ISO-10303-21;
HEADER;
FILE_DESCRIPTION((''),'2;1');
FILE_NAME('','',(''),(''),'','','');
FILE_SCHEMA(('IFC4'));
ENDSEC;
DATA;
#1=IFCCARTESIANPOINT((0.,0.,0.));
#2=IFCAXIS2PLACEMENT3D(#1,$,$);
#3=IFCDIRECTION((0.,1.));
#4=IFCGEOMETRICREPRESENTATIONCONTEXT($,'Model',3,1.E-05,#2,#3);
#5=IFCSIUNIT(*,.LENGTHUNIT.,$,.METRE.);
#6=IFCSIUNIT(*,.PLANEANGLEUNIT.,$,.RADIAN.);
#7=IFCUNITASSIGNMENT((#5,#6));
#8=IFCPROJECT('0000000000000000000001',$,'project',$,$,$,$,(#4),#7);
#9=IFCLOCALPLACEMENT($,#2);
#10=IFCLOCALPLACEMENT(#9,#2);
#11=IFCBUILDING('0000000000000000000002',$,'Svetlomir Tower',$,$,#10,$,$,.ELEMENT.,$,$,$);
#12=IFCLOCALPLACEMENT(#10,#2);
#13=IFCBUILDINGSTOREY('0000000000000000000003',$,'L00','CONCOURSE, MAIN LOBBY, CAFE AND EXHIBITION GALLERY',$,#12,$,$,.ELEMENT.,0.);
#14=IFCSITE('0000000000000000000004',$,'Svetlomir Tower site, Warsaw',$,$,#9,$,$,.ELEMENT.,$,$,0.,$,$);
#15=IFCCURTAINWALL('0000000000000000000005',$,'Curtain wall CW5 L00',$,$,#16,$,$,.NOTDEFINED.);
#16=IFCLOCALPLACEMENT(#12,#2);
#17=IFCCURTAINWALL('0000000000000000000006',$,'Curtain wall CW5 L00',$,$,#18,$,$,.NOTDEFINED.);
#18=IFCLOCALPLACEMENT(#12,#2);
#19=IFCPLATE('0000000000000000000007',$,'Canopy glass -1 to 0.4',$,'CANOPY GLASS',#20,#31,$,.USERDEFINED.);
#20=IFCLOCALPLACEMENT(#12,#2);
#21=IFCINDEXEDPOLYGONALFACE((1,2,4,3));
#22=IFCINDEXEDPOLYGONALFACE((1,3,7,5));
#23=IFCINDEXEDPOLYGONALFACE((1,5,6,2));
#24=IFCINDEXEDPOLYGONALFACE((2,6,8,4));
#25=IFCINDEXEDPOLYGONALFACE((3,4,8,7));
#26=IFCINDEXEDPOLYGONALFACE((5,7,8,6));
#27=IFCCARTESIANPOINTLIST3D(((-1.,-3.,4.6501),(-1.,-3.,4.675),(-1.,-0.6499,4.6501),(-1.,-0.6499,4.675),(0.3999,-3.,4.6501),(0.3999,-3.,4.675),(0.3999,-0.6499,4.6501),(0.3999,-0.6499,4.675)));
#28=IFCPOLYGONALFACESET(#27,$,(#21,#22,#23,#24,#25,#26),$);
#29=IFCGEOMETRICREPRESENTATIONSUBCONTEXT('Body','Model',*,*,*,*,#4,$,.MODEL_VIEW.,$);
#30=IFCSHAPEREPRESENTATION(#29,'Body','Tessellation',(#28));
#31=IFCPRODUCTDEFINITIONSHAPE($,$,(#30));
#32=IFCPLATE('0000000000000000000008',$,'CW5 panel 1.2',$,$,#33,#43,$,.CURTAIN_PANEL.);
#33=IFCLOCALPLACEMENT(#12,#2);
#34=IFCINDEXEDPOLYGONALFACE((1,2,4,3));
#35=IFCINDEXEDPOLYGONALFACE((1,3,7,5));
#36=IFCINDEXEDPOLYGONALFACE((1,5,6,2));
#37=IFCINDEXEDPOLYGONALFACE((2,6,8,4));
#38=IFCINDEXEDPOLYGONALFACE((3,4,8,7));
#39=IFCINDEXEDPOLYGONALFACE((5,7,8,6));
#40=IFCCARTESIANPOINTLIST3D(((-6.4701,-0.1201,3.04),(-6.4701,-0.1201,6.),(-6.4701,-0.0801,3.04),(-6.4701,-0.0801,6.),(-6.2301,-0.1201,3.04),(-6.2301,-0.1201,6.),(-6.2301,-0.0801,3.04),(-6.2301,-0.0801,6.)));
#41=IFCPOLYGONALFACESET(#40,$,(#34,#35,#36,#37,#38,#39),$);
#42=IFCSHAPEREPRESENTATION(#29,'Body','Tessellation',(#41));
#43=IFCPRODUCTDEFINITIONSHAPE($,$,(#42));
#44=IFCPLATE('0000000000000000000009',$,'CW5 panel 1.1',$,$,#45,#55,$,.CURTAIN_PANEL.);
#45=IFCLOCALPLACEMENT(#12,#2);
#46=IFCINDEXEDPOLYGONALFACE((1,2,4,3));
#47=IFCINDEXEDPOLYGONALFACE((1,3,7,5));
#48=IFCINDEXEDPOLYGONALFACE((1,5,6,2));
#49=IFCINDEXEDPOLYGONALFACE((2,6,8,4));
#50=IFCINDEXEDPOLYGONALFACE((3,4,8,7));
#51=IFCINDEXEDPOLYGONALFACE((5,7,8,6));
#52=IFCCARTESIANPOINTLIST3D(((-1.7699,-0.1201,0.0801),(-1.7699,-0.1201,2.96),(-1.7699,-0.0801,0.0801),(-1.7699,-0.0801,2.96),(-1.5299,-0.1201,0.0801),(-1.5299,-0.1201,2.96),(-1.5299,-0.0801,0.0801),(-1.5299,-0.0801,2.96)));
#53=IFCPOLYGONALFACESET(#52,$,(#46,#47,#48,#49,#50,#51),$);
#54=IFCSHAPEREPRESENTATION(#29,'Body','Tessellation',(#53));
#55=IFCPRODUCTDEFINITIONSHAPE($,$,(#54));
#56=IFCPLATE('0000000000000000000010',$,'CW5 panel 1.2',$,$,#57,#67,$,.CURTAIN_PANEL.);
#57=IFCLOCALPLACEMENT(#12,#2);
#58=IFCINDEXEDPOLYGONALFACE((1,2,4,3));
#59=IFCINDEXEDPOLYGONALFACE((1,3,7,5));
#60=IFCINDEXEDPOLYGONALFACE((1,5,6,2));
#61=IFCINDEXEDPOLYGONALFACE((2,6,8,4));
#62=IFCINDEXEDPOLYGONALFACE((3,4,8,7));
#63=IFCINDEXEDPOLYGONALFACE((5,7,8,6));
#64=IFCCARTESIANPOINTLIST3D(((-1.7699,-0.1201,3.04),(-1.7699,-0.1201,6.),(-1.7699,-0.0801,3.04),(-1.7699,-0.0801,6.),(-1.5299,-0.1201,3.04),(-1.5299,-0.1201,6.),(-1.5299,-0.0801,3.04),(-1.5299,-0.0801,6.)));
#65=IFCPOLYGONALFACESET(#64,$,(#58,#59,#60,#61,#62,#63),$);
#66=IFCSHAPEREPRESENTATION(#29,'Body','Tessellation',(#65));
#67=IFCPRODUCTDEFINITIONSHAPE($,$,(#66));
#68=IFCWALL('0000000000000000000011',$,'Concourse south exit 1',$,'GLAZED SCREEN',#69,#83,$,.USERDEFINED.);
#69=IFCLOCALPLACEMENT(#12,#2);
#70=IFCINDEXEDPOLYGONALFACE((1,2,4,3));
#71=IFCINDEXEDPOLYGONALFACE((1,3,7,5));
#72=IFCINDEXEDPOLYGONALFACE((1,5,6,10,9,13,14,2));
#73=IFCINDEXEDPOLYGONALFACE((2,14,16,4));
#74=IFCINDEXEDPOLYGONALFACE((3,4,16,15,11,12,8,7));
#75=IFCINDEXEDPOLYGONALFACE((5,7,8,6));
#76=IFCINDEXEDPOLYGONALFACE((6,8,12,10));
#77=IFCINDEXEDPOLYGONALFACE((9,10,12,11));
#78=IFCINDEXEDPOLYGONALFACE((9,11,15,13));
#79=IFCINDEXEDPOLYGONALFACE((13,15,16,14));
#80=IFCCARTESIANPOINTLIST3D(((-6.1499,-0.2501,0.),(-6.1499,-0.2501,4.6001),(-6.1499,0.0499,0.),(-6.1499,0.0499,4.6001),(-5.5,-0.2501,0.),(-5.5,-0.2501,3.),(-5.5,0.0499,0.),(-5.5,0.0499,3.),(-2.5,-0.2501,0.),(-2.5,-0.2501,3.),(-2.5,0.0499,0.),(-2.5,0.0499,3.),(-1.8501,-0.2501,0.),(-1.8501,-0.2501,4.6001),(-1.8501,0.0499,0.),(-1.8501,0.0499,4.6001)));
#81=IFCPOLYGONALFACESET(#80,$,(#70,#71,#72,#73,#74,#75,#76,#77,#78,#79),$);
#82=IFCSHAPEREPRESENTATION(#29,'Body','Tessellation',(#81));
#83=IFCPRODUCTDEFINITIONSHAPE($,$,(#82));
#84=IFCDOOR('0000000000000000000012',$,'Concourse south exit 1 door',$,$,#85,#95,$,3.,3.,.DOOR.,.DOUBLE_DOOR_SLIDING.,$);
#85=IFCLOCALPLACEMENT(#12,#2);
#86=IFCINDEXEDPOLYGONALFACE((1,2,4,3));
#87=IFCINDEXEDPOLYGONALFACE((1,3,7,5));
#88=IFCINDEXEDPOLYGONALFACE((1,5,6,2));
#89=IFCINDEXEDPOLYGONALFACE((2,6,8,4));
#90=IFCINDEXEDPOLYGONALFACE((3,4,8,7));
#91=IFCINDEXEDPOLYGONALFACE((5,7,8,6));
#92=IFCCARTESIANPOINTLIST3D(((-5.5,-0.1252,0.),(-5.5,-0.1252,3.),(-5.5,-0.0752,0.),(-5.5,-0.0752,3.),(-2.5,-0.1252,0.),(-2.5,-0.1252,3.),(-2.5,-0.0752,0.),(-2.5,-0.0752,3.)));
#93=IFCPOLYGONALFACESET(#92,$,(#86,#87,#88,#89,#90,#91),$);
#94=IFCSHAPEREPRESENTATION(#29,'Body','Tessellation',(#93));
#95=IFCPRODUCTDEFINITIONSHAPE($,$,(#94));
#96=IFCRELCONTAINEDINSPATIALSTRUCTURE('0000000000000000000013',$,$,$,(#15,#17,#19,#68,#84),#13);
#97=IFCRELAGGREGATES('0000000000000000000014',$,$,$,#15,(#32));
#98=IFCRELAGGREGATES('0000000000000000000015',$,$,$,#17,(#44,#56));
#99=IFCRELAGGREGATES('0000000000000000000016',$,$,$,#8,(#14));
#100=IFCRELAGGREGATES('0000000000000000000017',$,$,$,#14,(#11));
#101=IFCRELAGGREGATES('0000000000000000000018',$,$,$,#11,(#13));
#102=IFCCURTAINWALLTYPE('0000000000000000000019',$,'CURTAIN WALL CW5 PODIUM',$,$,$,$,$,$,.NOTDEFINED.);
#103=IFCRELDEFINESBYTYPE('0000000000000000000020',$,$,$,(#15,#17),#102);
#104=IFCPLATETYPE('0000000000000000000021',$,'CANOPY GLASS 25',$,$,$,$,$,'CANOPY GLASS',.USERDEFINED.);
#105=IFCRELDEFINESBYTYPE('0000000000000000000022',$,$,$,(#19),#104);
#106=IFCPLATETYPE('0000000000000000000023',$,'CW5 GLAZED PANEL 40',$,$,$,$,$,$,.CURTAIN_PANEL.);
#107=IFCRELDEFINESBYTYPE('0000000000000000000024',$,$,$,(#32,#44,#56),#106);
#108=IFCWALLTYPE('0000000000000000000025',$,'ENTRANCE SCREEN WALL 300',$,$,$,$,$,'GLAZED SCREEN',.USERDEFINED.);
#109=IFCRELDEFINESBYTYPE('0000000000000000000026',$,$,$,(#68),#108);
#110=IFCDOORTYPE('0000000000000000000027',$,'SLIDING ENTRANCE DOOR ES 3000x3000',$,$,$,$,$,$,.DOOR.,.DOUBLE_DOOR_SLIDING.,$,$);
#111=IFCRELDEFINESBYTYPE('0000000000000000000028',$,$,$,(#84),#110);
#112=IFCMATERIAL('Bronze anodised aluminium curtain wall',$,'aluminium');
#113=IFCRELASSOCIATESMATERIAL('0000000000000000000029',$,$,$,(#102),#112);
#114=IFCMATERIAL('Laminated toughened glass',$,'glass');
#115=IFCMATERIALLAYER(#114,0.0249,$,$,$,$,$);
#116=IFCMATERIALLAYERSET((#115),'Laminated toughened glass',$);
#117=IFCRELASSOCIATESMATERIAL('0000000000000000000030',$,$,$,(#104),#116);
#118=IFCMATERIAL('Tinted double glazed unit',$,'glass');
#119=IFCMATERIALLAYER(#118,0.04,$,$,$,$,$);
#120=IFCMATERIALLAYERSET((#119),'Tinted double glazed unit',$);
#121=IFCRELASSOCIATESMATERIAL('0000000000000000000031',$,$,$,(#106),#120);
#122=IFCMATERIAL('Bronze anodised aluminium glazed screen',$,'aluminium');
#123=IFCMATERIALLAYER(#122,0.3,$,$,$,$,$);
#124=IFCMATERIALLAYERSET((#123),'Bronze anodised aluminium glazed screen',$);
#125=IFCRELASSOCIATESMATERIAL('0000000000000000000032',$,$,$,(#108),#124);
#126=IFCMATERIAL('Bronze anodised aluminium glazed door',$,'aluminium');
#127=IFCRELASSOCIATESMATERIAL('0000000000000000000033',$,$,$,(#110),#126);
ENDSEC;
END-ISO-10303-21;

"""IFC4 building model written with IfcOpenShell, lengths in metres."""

from ifc_helpers import new_model, si_unit, direction, frame, frame_2d, origin, origin_2d, place, context, subcontext, project, spatial, rectangle, extrude, material, layer, layer_set, type_object, element, fill, aggregate, save


model = new_model("IFC4")

# Units and contexts
model_context = context("Model", 3, precision=1e-05, world=origin(), true_north=direction((0.0, 1.0)))
body_context = subcontext(model_context, "Body", "Model", "MODEL_VIEW")
ifc_project = project(units=[si_unit("LENGTHUNIT", "METRE"), si_unit("PLANEANGLEUNIT", "RADIAN")], contexts=[model_context])

# Site, building, storey
site_placement = place(None, origin())
site = spatial("IfcSite", under=ifc_project, at=site_placement, Name="Svetlomir Tower site, Warsaw", CompositionType="ELEMENT", RefElevation=0.0)
building_placement = place(site_placement, origin())
building = spatial("IfcBuilding", under=site, at=building_placement, Name="Svetlomir Tower", CompositionType="ELEMENT")
storey_placement = place(building_placement, origin())
storey = spatial("IfcBuildingStorey", under=building, at=storey_placement, Name="L00", Description="CONCOURSE, MAIN LOBBY, CAFE AND EXHIBITION GALLERY", CompositionType="ELEMENT", Elevation=0.0)

# Curtain wall
ifc_material_1 = material(Name="Bronze anodised aluminium curtain wall", Category="aluminium")
curtain_wall_type = type_object("IfcCurtainWallType", Name="CURTAIN WALL CW5 PODIUM", PredefinedType="NOTDEFINED", material=ifc_material_1)
curtain_wall_1_placement = place(storey_placement, origin())
curtain_wall_1 = element("IfcCurtainWall", 1, at=curtain_wall_1_placement, inside=storey, type_object=curtain_wall_type, Name="Curtain wall CW5 L00", PredefinedType="NOTDEFINED")

# Curtain wall
curtain_wall_2_placement = place(storey_placement, origin())
curtain_wall_2 = element("IfcCurtainWall", 2, at=curtain_wall_2_placement, inside=storey, type_object=curtain_wall_type, Name="Curtain wall CW5 L00", PredefinedType="NOTDEFINED")

# Plate
ifc_material_2 = material(Name="Laminated toughened glass", Category="glass")
ifc_layer_1 = layer(ifc_material_2, 0.0249)
ifc_layer_set_1 = layer_set([ifc_layer_1], Name="Laminated toughened glass")
plate_type_1 = type_object("IfcPlateType", Name="CANOPY GLASS 25", ElementType="CANOPY GLASS", PredefinedType="USERDEFINED", material=ifc_layer_set_1)
plate_1_placement = place(storey_placement, frame((-0.3, -1.825, 4.6501), z_axis=(0.0, 0.0, 1.0), x_axis=(1.0, 0.0, 0.0)))
element("IfcPlate", 3, at=plate_1_placement, inside=storey, type_object=plate_type_1, Name="Canopy glass -1 to 0.4", ObjectType="CANOPY GLASS", PredefinedType="USERDEFINED", context=body_context, shape_type="SweptSolid", body=[
    extrude(rectangle(XDim=1.3999, YDim=2.3501, at=origin_2d()), origin(), (0.0, 0.0, 1.0), 0.0249),
])

# Plates
ifc_material_3 = material(Name="Tinted double glazed unit", Category="glass")
ifc_layer_2 = layer(ifc_material_3, 0.04)
ifc_layer_set_2 = layer_set([ifc_layer_2], Name="Tinted double glazed unit")
plate_type_2 = type_object("IfcPlateType", Name="CW5 GLAZED PANEL 40", PredefinedType="CURTAIN_PANEL", material=ifc_layer_set_2)
plate_2_placement = place(storey_placement, frame((-6.3501, -0.1001, 3.04), z_axis=(0.0, 0.0, 1.0), x_axis=(1.0, 0.0, 0.0)))
plate_2 = element("IfcPlate", 4, at=plate_2_placement, type_object=plate_type_2, Name="CW5 panel 1.2", PredefinedType="CURTAIN_PANEL", context=body_context, shape_type="SweptSolid", body=[
    extrude(rectangle(XDim=0.24, YDim=0.04, at=origin_2d()), origin(), (0.0, 0.0, 1.0), 2.96),
])
aggregate(curtain_wall_1, [plate_2])
plate_3_placement = place(storey_placement, frame((-1.6499, -0.1001, 0.0801), z_axis=(0.0, 0.0, 1.0), x_axis=(1.0, 0.0, 0.0)))
plate_3 = element("IfcPlate", 5, at=plate_3_placement, type_object=plate_type_2, Name="CW5 panel 1.1", PredefinedType="CURTAIN_PANEL", context=body_context, shape_type="SweptSolid", body=[
    extrude(rectangle(XDim=0.24, YDim=0.04, at=origin_2d()), origin(), (0.0, 0.0, 1.0), 2.8799),
])
plate_4_placement = place(storey_placement, frame((-1.6499, -0.1001, 3.04), z_axis=(0.0, 0.0, 1.0), x_axis=(1.0, 0.0, 0.0)))
plate_4 = element("IfcPlate", 6, at=plate_4_placement, type_object=plate_type_2, Name="CW5 panel 1.2", PredefinedType="CURTAIN_PANEL", context=body_context, shape_type="SweptSolid", body=[
    extrude(rectangle(XDim=0.24, YDim=0.04, at=origin_2d()), origin(), (0.0, 0.0, 1.0), 2.96),
])
aggregate(curtain_wall_2, [plate_3, plate_4])

# Wall, opening, door
ifc_material_4 = material(Name="Bronze anodised aluminium glazed screen", Category="aluminium")
ifc_layer_3 = layer(ifc_material_4, 0.3)
ifc_layer_set_3 = layer_set([ifc_layer_3], Name="Bronze anodised aluminium glazed screen")
wall_type = type_object("IfcWallType", Name="ENTRANCE SCREEN WALL 300", ElementType="GLAZED SCREEN", PredefinedType="USERDEFINED", material=ifc_layer_set_3)
wall_placement = place(storey_placement, frame((-6.1499, -0.1001, 0.0), z_axis=(0.0, 0.0, 1.0), x_axis=(1.0, 0.0, 0.0)))
wall = element("IfcWall", 7, at=wall_placement, inside=storey, type_object=wall_type, Name="Concourse south exit 1", ObjectType="GLAZED SCREEN", PredefinedType="USERDEFINED", context=body_context, shape_type="SweptSolid", body=[
    extrude(rectangle(XDim=4.2998, YDim=0.3, at=frame_2d((2.1499, 0.0))), origin(), (0.0, 0.0, 1.0), 4.6001),
])
opening_placement = place(wall_placement, frame((0.6499, 0.0, 0.0)))
opening = element("IfcOpeningElement", 8, at=opening_placement, cuts=wall, PredefinedType="OPENING", context=body_context, shape_type="SweptSolid", body=[
    extrude(rectangle(XDim=3.0, YDim=3.0, at=frame_2d((1.5, 1.5))), frame((0.0, 0.1602, 0.0), z_axis=(0.0, -1.0, 0.0), x_axis=(1.0, 0.0, 0.0)), (0.0, 0.0, 1.0), 0.3201),
])
ifc_material_5 = material(Name="Bronze anodised aluminium glazed door", Category="aluminium")
door_type = type_object("IfcDoorType", Name="SLIDING ENTRANCE DOOR ES 3000x3000", OperationType="DOUBLE_DOOR_SLIDING", PredefinedType="DOOR", material=ifc_material_5)
door_placement = place(opening_placement, origin())
door = element("IfcDoor", 9, at=door_placement, inside=storey, type_object=door_type, Name="Concourse south exit 1 door", OperationType="DOUBLE_DOOR_SLIDING", OverallHeight=3.0, OverallWidth=3.0, PredefinedType="DOOR", context=body_context, shape_type="SweptSolid", body=[
    extrude(rectangle(XDim=3.0, YDim=3.0, at=frame_2d((1.5, 1.5))), frame((0.0, 0.0249, 0.0), z_axis=(0.0, -1.0, 0.0), x_axis=(1.0, 0.0, 0.0)), (0.0, 0.0, 1.0), 0.05),
])
fill(opening, door)

save(model, "model.ifc")
